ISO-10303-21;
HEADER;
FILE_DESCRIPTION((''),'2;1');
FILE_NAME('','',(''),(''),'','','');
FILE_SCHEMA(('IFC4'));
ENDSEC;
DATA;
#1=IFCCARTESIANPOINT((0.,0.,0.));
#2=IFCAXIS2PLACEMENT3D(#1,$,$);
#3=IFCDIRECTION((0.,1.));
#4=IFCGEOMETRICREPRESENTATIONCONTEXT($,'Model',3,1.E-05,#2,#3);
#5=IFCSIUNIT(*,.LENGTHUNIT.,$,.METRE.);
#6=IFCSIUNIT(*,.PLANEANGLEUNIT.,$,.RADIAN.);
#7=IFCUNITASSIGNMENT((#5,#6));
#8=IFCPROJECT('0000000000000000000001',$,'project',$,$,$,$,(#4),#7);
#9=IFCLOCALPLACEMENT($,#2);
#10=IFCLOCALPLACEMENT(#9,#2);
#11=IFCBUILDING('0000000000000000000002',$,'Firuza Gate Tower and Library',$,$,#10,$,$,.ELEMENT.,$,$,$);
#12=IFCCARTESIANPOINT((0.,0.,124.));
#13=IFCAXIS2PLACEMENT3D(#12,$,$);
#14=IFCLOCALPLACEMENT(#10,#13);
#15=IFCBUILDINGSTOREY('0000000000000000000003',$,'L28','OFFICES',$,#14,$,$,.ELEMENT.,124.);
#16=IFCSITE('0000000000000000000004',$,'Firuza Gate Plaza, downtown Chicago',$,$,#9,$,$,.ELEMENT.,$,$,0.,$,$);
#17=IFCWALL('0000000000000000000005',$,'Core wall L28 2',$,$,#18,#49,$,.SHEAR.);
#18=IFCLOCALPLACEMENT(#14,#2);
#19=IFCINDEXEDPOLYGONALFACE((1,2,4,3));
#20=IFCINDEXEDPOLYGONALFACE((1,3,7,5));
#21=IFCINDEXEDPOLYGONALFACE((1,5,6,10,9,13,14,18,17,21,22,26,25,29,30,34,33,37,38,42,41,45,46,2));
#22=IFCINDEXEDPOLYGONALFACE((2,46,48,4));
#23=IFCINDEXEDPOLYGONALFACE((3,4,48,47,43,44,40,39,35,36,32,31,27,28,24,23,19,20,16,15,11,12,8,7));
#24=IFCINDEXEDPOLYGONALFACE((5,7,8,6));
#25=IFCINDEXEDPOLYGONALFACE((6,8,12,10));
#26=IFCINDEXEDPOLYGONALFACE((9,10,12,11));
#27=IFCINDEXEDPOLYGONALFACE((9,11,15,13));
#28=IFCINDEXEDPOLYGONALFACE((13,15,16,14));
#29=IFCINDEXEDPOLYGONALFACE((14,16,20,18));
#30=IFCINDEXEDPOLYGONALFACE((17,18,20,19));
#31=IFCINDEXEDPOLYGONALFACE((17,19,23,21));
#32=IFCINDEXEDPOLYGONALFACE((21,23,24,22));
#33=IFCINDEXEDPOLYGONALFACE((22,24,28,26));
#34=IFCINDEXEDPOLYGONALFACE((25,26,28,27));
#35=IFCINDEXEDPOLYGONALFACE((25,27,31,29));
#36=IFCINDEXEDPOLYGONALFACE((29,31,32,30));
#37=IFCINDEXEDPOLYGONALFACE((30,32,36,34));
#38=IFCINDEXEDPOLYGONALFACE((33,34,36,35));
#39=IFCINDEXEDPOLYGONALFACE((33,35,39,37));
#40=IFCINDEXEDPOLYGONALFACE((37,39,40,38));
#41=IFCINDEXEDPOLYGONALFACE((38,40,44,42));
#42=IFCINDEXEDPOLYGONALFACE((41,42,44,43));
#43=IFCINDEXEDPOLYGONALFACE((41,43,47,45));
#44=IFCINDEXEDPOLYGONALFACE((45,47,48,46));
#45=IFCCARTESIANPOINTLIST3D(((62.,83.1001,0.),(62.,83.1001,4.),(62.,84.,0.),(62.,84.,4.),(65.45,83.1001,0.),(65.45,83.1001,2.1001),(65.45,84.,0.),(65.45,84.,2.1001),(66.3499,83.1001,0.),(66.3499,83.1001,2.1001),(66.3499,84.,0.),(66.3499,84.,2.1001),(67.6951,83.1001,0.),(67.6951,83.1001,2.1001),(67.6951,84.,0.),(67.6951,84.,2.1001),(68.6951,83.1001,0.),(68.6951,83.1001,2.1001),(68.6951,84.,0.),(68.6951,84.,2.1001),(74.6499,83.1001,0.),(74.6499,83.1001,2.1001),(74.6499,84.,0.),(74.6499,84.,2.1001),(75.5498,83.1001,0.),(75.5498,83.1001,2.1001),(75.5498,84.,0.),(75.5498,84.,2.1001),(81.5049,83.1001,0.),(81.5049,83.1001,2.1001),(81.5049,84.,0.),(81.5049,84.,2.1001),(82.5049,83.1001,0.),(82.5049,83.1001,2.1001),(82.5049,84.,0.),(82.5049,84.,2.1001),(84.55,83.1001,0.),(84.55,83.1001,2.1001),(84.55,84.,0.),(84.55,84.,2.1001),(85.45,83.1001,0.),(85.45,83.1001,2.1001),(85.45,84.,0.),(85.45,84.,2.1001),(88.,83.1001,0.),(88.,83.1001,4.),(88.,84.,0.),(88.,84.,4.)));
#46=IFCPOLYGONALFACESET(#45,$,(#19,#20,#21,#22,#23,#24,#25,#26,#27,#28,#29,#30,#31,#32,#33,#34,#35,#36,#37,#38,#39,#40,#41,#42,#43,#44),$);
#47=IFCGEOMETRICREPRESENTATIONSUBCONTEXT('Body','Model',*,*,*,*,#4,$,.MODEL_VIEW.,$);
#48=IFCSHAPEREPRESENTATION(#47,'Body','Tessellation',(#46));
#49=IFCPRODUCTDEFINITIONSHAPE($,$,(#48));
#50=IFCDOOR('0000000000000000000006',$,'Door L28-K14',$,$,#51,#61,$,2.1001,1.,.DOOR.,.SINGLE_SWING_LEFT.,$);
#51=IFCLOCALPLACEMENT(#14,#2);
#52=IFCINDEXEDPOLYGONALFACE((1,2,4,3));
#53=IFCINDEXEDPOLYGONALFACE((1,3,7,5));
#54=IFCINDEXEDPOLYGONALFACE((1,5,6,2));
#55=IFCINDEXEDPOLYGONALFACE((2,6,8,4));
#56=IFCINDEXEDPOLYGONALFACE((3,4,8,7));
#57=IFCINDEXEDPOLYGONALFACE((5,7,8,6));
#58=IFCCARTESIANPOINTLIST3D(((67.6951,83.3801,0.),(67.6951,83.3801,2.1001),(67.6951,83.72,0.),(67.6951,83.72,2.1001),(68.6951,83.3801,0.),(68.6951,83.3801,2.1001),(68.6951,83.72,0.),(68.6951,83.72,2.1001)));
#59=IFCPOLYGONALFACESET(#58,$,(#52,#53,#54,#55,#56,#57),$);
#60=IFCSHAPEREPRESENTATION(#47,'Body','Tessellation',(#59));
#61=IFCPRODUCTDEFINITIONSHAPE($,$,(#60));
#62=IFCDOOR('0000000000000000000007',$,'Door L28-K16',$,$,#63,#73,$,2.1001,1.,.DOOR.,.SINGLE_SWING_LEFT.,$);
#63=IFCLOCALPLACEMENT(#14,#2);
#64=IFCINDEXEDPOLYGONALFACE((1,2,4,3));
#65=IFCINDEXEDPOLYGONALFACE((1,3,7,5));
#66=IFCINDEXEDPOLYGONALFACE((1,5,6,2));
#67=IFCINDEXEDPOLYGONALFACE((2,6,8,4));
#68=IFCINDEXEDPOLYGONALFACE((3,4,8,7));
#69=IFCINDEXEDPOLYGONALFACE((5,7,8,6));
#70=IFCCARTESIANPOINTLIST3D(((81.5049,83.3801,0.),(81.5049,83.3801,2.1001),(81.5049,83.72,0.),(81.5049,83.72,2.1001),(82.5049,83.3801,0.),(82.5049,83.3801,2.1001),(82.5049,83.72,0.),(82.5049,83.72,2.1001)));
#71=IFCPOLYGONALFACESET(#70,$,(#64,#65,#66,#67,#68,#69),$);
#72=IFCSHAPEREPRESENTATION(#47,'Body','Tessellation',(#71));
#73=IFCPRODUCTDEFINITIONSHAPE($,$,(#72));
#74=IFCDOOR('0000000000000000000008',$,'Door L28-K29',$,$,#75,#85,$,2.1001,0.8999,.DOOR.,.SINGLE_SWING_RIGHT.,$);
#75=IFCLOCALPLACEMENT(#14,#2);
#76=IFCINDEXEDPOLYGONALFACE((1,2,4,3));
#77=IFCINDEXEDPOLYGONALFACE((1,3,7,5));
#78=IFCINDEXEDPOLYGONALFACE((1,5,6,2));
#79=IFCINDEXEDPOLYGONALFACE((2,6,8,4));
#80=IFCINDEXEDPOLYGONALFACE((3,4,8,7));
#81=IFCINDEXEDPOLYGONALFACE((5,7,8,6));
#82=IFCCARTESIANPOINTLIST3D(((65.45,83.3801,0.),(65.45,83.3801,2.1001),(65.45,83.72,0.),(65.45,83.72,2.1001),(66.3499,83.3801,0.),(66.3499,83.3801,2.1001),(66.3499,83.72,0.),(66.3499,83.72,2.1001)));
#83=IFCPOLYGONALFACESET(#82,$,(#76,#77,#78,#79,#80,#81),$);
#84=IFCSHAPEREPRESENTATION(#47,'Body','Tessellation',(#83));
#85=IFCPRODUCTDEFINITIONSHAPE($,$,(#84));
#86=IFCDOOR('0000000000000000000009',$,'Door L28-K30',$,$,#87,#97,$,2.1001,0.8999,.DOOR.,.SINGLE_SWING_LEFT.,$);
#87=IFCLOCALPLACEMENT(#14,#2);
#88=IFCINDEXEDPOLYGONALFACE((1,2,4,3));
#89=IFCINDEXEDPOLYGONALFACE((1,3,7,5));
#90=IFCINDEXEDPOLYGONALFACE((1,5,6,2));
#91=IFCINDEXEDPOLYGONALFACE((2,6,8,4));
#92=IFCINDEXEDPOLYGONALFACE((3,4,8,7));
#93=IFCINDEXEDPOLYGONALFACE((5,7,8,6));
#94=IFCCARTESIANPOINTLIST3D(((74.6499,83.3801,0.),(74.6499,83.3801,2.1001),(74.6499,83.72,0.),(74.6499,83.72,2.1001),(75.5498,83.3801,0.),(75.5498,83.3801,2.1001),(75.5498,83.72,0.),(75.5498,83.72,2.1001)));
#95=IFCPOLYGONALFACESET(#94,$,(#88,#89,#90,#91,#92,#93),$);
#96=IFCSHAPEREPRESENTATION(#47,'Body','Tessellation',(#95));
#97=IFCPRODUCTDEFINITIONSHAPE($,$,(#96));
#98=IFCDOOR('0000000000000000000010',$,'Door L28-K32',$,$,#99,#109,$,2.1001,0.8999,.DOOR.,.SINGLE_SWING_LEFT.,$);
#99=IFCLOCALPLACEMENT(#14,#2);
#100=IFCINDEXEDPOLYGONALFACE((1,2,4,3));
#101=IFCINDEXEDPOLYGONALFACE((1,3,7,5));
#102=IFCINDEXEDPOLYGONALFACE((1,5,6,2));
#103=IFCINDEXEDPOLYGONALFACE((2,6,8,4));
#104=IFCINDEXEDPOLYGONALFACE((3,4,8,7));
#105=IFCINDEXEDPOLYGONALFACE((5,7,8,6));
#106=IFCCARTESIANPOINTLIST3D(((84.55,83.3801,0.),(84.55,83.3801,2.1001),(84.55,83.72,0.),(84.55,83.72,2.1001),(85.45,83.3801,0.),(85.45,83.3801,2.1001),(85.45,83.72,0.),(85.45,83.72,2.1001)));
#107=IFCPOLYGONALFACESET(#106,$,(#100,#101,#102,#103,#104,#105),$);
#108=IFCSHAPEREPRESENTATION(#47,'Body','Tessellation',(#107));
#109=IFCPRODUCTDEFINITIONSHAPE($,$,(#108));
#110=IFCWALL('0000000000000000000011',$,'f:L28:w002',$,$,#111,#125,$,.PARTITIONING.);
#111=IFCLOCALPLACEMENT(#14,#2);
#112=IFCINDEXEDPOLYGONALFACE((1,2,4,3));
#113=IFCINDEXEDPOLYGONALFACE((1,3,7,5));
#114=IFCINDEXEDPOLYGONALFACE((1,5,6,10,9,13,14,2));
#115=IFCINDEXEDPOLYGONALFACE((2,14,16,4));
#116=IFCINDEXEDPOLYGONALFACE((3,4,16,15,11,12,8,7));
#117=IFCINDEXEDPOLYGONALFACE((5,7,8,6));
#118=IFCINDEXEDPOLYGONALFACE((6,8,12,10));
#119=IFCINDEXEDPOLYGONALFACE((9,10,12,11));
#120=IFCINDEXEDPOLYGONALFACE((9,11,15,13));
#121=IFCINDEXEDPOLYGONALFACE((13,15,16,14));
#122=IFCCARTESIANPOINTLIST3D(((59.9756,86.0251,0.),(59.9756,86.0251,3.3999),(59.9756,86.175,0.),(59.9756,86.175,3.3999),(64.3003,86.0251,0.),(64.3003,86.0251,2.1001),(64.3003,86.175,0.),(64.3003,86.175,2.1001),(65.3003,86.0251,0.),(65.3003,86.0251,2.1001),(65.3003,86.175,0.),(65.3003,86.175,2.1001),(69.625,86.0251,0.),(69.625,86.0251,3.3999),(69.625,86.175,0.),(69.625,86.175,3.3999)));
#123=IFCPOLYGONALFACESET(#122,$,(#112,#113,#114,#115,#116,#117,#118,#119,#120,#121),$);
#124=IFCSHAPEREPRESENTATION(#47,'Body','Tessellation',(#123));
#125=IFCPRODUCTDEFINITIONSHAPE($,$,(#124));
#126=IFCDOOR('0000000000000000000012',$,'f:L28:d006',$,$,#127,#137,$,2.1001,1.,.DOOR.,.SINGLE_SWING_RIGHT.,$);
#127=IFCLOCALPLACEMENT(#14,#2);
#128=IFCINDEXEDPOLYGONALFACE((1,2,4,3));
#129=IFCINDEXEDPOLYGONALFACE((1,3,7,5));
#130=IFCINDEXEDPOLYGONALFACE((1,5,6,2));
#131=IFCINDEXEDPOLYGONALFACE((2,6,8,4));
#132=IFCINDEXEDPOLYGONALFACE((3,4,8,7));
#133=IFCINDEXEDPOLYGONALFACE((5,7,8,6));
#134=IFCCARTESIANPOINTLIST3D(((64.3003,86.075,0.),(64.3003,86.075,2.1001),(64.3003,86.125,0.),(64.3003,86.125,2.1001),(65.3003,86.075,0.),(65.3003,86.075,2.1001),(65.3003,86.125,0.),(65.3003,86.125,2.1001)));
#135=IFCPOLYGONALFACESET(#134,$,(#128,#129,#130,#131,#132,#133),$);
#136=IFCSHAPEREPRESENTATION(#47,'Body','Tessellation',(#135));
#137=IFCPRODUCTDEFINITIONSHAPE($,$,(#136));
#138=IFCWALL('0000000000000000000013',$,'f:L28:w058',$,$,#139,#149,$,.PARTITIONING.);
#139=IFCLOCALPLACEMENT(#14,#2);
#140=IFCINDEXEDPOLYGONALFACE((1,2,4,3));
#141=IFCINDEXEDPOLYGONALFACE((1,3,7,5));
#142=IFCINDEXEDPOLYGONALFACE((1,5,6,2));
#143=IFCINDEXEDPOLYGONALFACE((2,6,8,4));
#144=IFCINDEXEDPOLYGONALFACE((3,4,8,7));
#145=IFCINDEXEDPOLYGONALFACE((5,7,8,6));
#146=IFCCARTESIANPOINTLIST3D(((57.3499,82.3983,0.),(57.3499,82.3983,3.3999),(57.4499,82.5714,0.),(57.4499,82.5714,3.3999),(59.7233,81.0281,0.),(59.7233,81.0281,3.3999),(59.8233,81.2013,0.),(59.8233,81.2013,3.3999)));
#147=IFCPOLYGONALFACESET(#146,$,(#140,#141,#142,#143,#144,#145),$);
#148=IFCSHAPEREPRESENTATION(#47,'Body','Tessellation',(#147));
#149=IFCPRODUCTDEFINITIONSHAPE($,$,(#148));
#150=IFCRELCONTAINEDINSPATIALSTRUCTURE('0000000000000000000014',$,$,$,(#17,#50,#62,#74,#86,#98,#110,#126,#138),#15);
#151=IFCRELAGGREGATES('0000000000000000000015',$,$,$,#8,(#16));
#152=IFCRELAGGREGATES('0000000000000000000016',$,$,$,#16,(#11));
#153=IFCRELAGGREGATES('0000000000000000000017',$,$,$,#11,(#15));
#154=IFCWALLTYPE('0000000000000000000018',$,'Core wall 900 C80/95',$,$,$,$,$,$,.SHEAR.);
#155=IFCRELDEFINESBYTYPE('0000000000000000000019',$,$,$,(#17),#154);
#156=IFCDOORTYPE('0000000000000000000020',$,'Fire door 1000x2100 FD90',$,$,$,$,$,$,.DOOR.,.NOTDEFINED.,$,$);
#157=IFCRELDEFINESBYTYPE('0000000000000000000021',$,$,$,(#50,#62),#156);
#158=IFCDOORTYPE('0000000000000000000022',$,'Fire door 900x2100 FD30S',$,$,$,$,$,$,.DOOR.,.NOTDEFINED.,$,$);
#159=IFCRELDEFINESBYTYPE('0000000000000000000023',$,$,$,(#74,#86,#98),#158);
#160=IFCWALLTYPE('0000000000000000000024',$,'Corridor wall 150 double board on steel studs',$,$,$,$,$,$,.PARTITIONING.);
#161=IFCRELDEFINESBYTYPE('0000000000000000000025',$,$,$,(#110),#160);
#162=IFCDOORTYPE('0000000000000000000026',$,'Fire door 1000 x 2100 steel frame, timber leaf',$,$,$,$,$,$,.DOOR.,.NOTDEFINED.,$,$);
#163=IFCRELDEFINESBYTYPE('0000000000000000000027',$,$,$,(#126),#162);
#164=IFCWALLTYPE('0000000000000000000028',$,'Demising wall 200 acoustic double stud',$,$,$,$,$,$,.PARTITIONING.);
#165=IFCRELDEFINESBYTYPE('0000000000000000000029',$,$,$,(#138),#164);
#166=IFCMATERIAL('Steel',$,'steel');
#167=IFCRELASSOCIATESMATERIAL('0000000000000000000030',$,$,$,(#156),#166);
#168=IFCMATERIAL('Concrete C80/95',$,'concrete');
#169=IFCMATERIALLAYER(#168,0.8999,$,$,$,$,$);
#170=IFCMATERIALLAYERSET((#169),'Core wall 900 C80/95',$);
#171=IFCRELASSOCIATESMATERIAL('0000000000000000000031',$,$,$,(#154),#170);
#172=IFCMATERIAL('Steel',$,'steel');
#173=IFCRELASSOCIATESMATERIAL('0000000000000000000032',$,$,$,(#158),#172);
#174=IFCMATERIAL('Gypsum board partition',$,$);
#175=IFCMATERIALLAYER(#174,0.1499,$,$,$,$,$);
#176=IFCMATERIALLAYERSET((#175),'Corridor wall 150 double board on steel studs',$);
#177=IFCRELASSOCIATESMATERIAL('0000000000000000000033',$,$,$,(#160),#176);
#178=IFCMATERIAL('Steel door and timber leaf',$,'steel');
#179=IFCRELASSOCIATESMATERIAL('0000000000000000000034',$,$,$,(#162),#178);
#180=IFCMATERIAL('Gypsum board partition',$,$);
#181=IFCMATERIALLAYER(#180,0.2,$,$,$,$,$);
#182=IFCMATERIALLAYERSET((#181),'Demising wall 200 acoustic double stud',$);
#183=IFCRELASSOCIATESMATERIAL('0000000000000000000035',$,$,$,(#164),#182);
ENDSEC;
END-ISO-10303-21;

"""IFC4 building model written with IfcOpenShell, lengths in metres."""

from ifc_helpers import new_model, si_unit, direction, frame, frame_2d, origin, place, context, subcontext, project, spatial, rectangle, extrude, material, layer, layer_set, type_object, element, fill, save


model = new_model("IFC4")

# Units and contexts
model_context = context("Model", 3, precision=1e-05, world=origin(), true_north=direction((0.0, 1.0)))
body_context = subcontext(model_context, "Body", "Model", "MODEL_VIEW")
ifc_project = project(units=[si_unit("LENGTHUNIT", "METRE"), si_unit("PLANEANGLEUNIT", "RADIAN")], contexts=[model_context])

# Site, building, storey
site_placement = place(None, origin())
site = spatial("IfcSite", under=ifc_project, at=site_placement, Name="Firuza Gate Plaza, downtown Chicago", CompositionType="ELEMENT", RefElevation=0.0)
building_placement = place(site_placement, origin())
building = spatial("IfcBuilding", under=site, at=building_placement, Name="Firuza Gate Tower and Library", CompositionType="ELEMENT")
storey_placement = place(building_placement, frame((0.0, 0.0, 124.0)))
storey = spatial("IfcBuildingStorey", under=building, at=storey_placement, Name="L28", Description="OFFICES", CompositionType="ELEMENT", Elevation=124.0)

# Shared definitions
ifc_material_1 = material(Name="Steel", Category="steel")
door_type_1 = type_object("IfcDoorType", Name="Fire door 1000x2100 FD90", OperationType="NOTDEFINED", PredefinedType="DOOR", material=ifc_material_1)

# Wall, openings, doors
ifc_material_2 = material(Name="Concrete C80/95", Category="concrete")
ifc_layer_1 = layer(ifc_material_2, 0.8999)
ifc_layer_set_1 = layer_set([ifc_layer_1], Name="Core wall 900 C80/95")
wall_type_1 = type_object("IfcWallType", Name="Core wall 900 C80/95", PredefinedType="SHEAR", material=ifc_layer_set_1)
wall_1_placement = place(storey_placement, frame((62.0, 83.55, 0.0), z_axis=(0.0, 0.0, 1.0), x_axis=(1.0, 0.0, 0.0)))
wall_1 = element("IfcWall", 1, at=wall_1_placement, inside=storey, type_object=wall_type_1, Name="Core wall L28 2", PredefinedType="SHEAR", context=body_context, shape_type="SweptSolid", body=[
    extrude(rectangle(XDim=26.0, YDim=0.8999, at=frame_2d((13.0, 0.0))), origin(), (0.0, 0.0, 1.0), 4.0),
])
opening_1_placement = place(wall_1_placement, frame((5.6951, 0.0, 0.0)))
opening_1 = element("IfcOpeningElement", 2, at=opening_1_placement, cuts=wall_1, PredefinedType="OPENING", context=body_context, shape_type="SweptSolid", body=[
    extrude(rectangle(XDim=1.0, YDim=2.1001, at=frame_2d((0.5, 1.05))), frame((0.0, 0.46, 0.0), z_axis=(0.0, -1.0, 0.0), x_axis=(1.0, 0.0, 0.0)), (0.0, 0.0, 1.0), 0.9199),
])
opening_2_placement = place(wall_1_placement, frame((19.5049, 0.0, 0.0)))
opening_2 = element("IfcOpeningElement", 3, at=opening_2_placement, cuts=wall_1, PredefinedType="OPENING", context=body_context, shape_type="SweptSolid", body=[
    extrude(rectangle(XDim=1.0, YDim=2.1001, at=frame_2d((0.5, 1.05))), frame((0.0, 0.46, 0.0), z_axis=(0.0, -1.0, 0.0), x_axis=(1.0, 0.0, 0.0)), (0.0, 0.0, 1.0), 0.9199),
])
opening_3_placement = place(wall_1_placement, frame((3.45, 0.0, 0.0)))
opening_3 = element("IfcOpeningElement", 4, at=opening_3_placement, cuts=wall_1, PredefinedType="OPENING", context=body_context, shape_type="SweptSolid", body=[
    extrude(rectangle(XDim=0.8999, YDim=2.1001, at=frame_2d((0.45, 1.05))), frame((0.0, 0.46, 0.0), z_axis=(0.0, -1.0, 0.0), x_axis=(1.0, 0.0, 0.0)), (0.0, 0.0, 1.0), 0.9199),
])
opening_4_placement = place(wall_1_placement, frame((12.6499, 0.0, 0.0)))
opening_4 = element("IfcOpeningElement", 5, at=opening_4_placement, cuts=wall_1, PredefinedType="OPENING", context=body_context, shape_type="SweptSolid", body=[
    extrude(rectangle(XDim=0.8999, YDim=2.1001, at=frame_2d((0.45, 1.05))), frame((0.0, 0.46, 0.0), z_axis=(0.0, -1.0, 0.0), x_axis=(1.0, 0.0, 0.0)), (0.0, 0.0, 1.0), 0.9199),
])
opening_5_placement = place(wall_1_placement, frame((22.55, 0.0, 0.0)))
opening_5 = element("IfcOpeningElement", 6, at=opening_5_placement, cuts=wall_1, PredefinedType="OPENING", context=body_context, shape_type="SweptSolid", body=[
    extrude(rectangle(XDim=0.8999, YDim=2.1001, at=frame_2d((0.45, 1.05))), frame((0.0, 0.46, 0.0), z_axis=(0.0, -1.0, 0.0), x_axis=(1.0, 0.0, 0.0)), (0.0, 0.0, 1.0), 0.9199),
])
door_1_placement = place(opening_1_placement, origin())
door_1 = element("IfcDoor", 7, at=door_1_placement, inside=storey, type_object=door_type_1, Name="Door L28-K14", OperationType="SINGLE_SWING_LEFT", OverallHeight=2.1001, OverallWidth=1.0, PredefinedType="DOOR", context=body_context, shape_type="SweptSolid", body=[
    extrude(rectangle(XDim=1.0, YDim=2.1001, at=frame_2d((0.5, 1.05))), frame((0.0, 0.1699, 0.0), z_axis=(0.0, -1.0, 0.0), x_axis=(1.0, 0.0, 0.0)), (0.0, 0.0, 1.0), 0.3398),
])
fill(opening_1, door_1)
door_2_placement = place(opening_2_placement, origin())
door_2 = element("IfcDoor", 8, at=door_2_placement, inside=storey, type_object=door_type_1, Name="Door L28-K16", OperationType="SINGLE_SWING_LEFT", OverallHeight=2.1001, OverallWidth=1.0, PredefinedType="DOOR", context=body_context, shape_type="SweptSolid", body=[
    extrude(rectangle(XDim=1.0, YDim=2.1001, at=frame_2d((0.5, 1.05))), frame((0.0, 0.1699, 0.0), z_axis=(0.0, -1.0, 0.0), x_axis=(1.0, 0.0, 0.0)), (0.0, 0.0, 1.0), 0.3398),
])
fill(opening_2, door_2)
ifc_material_3 = material(Name="Steel", Category="steel")
door_type_2 = type_object("IfcDoorType", Name="Fire door 900x2100 FD30S", OperationType="NOTDEFINED", PredefinedType="DOOR", material=ifc_material_3)
door_3_placement = place(opening_3_placement, origin())
door_3 = element("IfcDoor", 9, at=door_3_placement, inside=storey, type_object=door_type_2, Name="Door L28-K29", OperationType="SINGLE_SWING_RIGHT", OverallHeight=2.1001, OverallWidth=0.8999, PredefinedType="DOOR", context=body_context, shape_type="SweptSolid", body=[
    extrude(rectangle(XDim=0.8999, YDim=2.1001, at=frame_2d((0.45, 1.05))), frame((0.0, 0.1699, 0.0), z_axis=(0.0, -1.0, 0.0), x_axis=(1.0, 0.0, 0.0)), (0.0, 0.0, 1.0), 0.3398),
])
fill(opening_3, door_3)
door_4_placement = place(opening_4_placement, origin())
door_4 = element("IfcDoor", 10, at=door_4_placement, inside=storey, type_object=door_type_2, Name="Door L28-K30", OperationType="SINGLE_SWING_LEFT", OverallHeight=2.1001, OverallWidth=0.8999, PredefinedType="DOOR", context=body_context, shape_type="SweptSolid", body=[
    extrude(rectangle(XDim=0.8999, YDim=2.1001, at=frame_2d((0.45, 1.05))), frame((0.0, 0.1699, 0.0), z_axis=(0.0, -1.0, 0.0), x_axis=(1.0, 0.0, 0.0)), (0.0, 0.0, 1.0), 0.3398),
])
fill(opening_4, door_4)
door_5_placement = place(opening_5_placement, origin())
door_5 = element("IfcDoor", 11, at=door_5_placement, inside=storey, type_object=door_type_2, Name="Door L28-K32", OperationType="SINGLE_SWING_LEFT", OverallHeight=2.1001, OverallWidth=0.8999, PredefinedType="DOOR", context=body_context, shape_type="SweptSolid", body=[
    extrude(rectangle(XDim=0.8999, YDim=2.1001, at=frame_2d((0.45, 1.05))), frame((0.0, 0.1699, 0.0), z_axis=(0.0, -1.0, 0.0), x_axis=(1.0, 0.0, 0.0)), (0.0, 0.0, 1.0), 0.3398),
])
fill(opening_5, door_5)

# Wall, opening, door
ifc_material_4 = material(Name="Gypsum board partition")
ifc_layer_2 = layer(ifc_material_4, 0.1499)
ifc_layer_set_2 = layer_set([ifc_layer_2], Name="Corridor wall 150 double board on steel studs")
wall_type_2 = type_object("IfcWallType", Name="Corridor wall 150 double board on steel studs", PredefinedType="PARTITIONING", material=ifc_layer_set_2)
wall_2_placement = place(storey_placement, frame((59.9756, 86.1001, 0.0), z_axis=(0.0, 0.0, 1.0), x_axis=(1.0, 0.0, 0.0)))
wall_2 = element("IfcWall", 12, at=wall_2_placement, inside=storey, type_object=wall_type_2, Name="f:L28:w002", PredefinedType="PARTITIONING", context=body_context, shape_type="SweptSolid", body=[
    extrude(rectangle(XDim=9.6494, YDim=0.1499, at=frame_2d((4.8247, 0.0))), origin(), (0.0, 0.0, 1.0), 3.3999),
])
opening_6_placement = place(wall_2_placement, frame((4.3247, 0.0, 0.0)))
opening_6 = element("IfcOpeningElement", 13, at=opening_6_placement, cuts=wall_2, PredefinedType="OPENING", context=body_context, shape_type="SweptSolid", body=[
    extrude(rectangle(XDim=1.0, YDim=2.1001, at=frame_2d((0.5, 1.05))), frame((0.0, 0.085, 0.0), z_axis=(0.0, -1.0, 0.0), x_axis=(1.0, 0.0, 0.0)), (0.0, 0.0, 1.0), 0.1699),
])
ifc_material_5 = material(Name="Steel door and timber leaf", Category="steel")
door_type_3 = type_object("IfcDoorType", Name="Fire door 1000 x 2100 steel frame, timber leaf", OperationType="NOTDEFINED", PredefinedType="DOOR", material=ifc_material_5)
door_6_placement = place(opening_6_placement, origin())
door_6 = element("IfcDoor", 14, at=door_6_placement, inside=storey, type_object=door_type_3, Name="f:L28:d006", OperationType="SINGLE_SWING_RIGHT", OverallHeight=2.1001, OverallWidth=1.0, PredefinedType="DOOR", context=body_context, shape_type="SweptSolid", body=[
    extrude(rectangle(XDim=1.0, YDim=2.1001, at=frame_2d((0.5, 1.05))), frame((0.0, 0.0249, 0.0), z_axis=(0.0, -1.0, 0.0), x_axis=(1.0, 0.0, 0.0)), (0.0, 0.0, 1.0), 0.05),
])
fill(opening_6, door_6)

# Wall
ifc_material_6 = material(Name="Gypsum board partition")
ifc_layer_3 = layer(ifc_material_6, 0.2)
ifc_layer_set_3 = layer_set([ifc_layer_3], Name="Demising wall 200 acoustic double stud")
wall_type_3 = type_object("IfcWallType", Name="Demising wall 200 acoustic double stud", PredefinedType="PARTITIONING", material=ifc_layer_set_3)
wall_3_placement = place(storey_placement, frame((59.7732, 81.1147, 0.0), z_axis=(0.0, 0.0, 1.0), x_axis=(-0.866042, 0.499972, 0.0)))
element("IfcWall", 15, at=wall_3_placement, inside=storey, type_object=wall_type_3, Name="f:L28:w058", PredefinedType="PARTITIONING", context=body_context, shape_type="SweptSolid", body=[
    extrude(rectangle(XDim=2.7405, YDim=0.2, at=frame_2d((1.3701, 0.0))), origin(), (0.0, 0.0, 1.0), 3.3999),
])

save(model, "model.ifc")
